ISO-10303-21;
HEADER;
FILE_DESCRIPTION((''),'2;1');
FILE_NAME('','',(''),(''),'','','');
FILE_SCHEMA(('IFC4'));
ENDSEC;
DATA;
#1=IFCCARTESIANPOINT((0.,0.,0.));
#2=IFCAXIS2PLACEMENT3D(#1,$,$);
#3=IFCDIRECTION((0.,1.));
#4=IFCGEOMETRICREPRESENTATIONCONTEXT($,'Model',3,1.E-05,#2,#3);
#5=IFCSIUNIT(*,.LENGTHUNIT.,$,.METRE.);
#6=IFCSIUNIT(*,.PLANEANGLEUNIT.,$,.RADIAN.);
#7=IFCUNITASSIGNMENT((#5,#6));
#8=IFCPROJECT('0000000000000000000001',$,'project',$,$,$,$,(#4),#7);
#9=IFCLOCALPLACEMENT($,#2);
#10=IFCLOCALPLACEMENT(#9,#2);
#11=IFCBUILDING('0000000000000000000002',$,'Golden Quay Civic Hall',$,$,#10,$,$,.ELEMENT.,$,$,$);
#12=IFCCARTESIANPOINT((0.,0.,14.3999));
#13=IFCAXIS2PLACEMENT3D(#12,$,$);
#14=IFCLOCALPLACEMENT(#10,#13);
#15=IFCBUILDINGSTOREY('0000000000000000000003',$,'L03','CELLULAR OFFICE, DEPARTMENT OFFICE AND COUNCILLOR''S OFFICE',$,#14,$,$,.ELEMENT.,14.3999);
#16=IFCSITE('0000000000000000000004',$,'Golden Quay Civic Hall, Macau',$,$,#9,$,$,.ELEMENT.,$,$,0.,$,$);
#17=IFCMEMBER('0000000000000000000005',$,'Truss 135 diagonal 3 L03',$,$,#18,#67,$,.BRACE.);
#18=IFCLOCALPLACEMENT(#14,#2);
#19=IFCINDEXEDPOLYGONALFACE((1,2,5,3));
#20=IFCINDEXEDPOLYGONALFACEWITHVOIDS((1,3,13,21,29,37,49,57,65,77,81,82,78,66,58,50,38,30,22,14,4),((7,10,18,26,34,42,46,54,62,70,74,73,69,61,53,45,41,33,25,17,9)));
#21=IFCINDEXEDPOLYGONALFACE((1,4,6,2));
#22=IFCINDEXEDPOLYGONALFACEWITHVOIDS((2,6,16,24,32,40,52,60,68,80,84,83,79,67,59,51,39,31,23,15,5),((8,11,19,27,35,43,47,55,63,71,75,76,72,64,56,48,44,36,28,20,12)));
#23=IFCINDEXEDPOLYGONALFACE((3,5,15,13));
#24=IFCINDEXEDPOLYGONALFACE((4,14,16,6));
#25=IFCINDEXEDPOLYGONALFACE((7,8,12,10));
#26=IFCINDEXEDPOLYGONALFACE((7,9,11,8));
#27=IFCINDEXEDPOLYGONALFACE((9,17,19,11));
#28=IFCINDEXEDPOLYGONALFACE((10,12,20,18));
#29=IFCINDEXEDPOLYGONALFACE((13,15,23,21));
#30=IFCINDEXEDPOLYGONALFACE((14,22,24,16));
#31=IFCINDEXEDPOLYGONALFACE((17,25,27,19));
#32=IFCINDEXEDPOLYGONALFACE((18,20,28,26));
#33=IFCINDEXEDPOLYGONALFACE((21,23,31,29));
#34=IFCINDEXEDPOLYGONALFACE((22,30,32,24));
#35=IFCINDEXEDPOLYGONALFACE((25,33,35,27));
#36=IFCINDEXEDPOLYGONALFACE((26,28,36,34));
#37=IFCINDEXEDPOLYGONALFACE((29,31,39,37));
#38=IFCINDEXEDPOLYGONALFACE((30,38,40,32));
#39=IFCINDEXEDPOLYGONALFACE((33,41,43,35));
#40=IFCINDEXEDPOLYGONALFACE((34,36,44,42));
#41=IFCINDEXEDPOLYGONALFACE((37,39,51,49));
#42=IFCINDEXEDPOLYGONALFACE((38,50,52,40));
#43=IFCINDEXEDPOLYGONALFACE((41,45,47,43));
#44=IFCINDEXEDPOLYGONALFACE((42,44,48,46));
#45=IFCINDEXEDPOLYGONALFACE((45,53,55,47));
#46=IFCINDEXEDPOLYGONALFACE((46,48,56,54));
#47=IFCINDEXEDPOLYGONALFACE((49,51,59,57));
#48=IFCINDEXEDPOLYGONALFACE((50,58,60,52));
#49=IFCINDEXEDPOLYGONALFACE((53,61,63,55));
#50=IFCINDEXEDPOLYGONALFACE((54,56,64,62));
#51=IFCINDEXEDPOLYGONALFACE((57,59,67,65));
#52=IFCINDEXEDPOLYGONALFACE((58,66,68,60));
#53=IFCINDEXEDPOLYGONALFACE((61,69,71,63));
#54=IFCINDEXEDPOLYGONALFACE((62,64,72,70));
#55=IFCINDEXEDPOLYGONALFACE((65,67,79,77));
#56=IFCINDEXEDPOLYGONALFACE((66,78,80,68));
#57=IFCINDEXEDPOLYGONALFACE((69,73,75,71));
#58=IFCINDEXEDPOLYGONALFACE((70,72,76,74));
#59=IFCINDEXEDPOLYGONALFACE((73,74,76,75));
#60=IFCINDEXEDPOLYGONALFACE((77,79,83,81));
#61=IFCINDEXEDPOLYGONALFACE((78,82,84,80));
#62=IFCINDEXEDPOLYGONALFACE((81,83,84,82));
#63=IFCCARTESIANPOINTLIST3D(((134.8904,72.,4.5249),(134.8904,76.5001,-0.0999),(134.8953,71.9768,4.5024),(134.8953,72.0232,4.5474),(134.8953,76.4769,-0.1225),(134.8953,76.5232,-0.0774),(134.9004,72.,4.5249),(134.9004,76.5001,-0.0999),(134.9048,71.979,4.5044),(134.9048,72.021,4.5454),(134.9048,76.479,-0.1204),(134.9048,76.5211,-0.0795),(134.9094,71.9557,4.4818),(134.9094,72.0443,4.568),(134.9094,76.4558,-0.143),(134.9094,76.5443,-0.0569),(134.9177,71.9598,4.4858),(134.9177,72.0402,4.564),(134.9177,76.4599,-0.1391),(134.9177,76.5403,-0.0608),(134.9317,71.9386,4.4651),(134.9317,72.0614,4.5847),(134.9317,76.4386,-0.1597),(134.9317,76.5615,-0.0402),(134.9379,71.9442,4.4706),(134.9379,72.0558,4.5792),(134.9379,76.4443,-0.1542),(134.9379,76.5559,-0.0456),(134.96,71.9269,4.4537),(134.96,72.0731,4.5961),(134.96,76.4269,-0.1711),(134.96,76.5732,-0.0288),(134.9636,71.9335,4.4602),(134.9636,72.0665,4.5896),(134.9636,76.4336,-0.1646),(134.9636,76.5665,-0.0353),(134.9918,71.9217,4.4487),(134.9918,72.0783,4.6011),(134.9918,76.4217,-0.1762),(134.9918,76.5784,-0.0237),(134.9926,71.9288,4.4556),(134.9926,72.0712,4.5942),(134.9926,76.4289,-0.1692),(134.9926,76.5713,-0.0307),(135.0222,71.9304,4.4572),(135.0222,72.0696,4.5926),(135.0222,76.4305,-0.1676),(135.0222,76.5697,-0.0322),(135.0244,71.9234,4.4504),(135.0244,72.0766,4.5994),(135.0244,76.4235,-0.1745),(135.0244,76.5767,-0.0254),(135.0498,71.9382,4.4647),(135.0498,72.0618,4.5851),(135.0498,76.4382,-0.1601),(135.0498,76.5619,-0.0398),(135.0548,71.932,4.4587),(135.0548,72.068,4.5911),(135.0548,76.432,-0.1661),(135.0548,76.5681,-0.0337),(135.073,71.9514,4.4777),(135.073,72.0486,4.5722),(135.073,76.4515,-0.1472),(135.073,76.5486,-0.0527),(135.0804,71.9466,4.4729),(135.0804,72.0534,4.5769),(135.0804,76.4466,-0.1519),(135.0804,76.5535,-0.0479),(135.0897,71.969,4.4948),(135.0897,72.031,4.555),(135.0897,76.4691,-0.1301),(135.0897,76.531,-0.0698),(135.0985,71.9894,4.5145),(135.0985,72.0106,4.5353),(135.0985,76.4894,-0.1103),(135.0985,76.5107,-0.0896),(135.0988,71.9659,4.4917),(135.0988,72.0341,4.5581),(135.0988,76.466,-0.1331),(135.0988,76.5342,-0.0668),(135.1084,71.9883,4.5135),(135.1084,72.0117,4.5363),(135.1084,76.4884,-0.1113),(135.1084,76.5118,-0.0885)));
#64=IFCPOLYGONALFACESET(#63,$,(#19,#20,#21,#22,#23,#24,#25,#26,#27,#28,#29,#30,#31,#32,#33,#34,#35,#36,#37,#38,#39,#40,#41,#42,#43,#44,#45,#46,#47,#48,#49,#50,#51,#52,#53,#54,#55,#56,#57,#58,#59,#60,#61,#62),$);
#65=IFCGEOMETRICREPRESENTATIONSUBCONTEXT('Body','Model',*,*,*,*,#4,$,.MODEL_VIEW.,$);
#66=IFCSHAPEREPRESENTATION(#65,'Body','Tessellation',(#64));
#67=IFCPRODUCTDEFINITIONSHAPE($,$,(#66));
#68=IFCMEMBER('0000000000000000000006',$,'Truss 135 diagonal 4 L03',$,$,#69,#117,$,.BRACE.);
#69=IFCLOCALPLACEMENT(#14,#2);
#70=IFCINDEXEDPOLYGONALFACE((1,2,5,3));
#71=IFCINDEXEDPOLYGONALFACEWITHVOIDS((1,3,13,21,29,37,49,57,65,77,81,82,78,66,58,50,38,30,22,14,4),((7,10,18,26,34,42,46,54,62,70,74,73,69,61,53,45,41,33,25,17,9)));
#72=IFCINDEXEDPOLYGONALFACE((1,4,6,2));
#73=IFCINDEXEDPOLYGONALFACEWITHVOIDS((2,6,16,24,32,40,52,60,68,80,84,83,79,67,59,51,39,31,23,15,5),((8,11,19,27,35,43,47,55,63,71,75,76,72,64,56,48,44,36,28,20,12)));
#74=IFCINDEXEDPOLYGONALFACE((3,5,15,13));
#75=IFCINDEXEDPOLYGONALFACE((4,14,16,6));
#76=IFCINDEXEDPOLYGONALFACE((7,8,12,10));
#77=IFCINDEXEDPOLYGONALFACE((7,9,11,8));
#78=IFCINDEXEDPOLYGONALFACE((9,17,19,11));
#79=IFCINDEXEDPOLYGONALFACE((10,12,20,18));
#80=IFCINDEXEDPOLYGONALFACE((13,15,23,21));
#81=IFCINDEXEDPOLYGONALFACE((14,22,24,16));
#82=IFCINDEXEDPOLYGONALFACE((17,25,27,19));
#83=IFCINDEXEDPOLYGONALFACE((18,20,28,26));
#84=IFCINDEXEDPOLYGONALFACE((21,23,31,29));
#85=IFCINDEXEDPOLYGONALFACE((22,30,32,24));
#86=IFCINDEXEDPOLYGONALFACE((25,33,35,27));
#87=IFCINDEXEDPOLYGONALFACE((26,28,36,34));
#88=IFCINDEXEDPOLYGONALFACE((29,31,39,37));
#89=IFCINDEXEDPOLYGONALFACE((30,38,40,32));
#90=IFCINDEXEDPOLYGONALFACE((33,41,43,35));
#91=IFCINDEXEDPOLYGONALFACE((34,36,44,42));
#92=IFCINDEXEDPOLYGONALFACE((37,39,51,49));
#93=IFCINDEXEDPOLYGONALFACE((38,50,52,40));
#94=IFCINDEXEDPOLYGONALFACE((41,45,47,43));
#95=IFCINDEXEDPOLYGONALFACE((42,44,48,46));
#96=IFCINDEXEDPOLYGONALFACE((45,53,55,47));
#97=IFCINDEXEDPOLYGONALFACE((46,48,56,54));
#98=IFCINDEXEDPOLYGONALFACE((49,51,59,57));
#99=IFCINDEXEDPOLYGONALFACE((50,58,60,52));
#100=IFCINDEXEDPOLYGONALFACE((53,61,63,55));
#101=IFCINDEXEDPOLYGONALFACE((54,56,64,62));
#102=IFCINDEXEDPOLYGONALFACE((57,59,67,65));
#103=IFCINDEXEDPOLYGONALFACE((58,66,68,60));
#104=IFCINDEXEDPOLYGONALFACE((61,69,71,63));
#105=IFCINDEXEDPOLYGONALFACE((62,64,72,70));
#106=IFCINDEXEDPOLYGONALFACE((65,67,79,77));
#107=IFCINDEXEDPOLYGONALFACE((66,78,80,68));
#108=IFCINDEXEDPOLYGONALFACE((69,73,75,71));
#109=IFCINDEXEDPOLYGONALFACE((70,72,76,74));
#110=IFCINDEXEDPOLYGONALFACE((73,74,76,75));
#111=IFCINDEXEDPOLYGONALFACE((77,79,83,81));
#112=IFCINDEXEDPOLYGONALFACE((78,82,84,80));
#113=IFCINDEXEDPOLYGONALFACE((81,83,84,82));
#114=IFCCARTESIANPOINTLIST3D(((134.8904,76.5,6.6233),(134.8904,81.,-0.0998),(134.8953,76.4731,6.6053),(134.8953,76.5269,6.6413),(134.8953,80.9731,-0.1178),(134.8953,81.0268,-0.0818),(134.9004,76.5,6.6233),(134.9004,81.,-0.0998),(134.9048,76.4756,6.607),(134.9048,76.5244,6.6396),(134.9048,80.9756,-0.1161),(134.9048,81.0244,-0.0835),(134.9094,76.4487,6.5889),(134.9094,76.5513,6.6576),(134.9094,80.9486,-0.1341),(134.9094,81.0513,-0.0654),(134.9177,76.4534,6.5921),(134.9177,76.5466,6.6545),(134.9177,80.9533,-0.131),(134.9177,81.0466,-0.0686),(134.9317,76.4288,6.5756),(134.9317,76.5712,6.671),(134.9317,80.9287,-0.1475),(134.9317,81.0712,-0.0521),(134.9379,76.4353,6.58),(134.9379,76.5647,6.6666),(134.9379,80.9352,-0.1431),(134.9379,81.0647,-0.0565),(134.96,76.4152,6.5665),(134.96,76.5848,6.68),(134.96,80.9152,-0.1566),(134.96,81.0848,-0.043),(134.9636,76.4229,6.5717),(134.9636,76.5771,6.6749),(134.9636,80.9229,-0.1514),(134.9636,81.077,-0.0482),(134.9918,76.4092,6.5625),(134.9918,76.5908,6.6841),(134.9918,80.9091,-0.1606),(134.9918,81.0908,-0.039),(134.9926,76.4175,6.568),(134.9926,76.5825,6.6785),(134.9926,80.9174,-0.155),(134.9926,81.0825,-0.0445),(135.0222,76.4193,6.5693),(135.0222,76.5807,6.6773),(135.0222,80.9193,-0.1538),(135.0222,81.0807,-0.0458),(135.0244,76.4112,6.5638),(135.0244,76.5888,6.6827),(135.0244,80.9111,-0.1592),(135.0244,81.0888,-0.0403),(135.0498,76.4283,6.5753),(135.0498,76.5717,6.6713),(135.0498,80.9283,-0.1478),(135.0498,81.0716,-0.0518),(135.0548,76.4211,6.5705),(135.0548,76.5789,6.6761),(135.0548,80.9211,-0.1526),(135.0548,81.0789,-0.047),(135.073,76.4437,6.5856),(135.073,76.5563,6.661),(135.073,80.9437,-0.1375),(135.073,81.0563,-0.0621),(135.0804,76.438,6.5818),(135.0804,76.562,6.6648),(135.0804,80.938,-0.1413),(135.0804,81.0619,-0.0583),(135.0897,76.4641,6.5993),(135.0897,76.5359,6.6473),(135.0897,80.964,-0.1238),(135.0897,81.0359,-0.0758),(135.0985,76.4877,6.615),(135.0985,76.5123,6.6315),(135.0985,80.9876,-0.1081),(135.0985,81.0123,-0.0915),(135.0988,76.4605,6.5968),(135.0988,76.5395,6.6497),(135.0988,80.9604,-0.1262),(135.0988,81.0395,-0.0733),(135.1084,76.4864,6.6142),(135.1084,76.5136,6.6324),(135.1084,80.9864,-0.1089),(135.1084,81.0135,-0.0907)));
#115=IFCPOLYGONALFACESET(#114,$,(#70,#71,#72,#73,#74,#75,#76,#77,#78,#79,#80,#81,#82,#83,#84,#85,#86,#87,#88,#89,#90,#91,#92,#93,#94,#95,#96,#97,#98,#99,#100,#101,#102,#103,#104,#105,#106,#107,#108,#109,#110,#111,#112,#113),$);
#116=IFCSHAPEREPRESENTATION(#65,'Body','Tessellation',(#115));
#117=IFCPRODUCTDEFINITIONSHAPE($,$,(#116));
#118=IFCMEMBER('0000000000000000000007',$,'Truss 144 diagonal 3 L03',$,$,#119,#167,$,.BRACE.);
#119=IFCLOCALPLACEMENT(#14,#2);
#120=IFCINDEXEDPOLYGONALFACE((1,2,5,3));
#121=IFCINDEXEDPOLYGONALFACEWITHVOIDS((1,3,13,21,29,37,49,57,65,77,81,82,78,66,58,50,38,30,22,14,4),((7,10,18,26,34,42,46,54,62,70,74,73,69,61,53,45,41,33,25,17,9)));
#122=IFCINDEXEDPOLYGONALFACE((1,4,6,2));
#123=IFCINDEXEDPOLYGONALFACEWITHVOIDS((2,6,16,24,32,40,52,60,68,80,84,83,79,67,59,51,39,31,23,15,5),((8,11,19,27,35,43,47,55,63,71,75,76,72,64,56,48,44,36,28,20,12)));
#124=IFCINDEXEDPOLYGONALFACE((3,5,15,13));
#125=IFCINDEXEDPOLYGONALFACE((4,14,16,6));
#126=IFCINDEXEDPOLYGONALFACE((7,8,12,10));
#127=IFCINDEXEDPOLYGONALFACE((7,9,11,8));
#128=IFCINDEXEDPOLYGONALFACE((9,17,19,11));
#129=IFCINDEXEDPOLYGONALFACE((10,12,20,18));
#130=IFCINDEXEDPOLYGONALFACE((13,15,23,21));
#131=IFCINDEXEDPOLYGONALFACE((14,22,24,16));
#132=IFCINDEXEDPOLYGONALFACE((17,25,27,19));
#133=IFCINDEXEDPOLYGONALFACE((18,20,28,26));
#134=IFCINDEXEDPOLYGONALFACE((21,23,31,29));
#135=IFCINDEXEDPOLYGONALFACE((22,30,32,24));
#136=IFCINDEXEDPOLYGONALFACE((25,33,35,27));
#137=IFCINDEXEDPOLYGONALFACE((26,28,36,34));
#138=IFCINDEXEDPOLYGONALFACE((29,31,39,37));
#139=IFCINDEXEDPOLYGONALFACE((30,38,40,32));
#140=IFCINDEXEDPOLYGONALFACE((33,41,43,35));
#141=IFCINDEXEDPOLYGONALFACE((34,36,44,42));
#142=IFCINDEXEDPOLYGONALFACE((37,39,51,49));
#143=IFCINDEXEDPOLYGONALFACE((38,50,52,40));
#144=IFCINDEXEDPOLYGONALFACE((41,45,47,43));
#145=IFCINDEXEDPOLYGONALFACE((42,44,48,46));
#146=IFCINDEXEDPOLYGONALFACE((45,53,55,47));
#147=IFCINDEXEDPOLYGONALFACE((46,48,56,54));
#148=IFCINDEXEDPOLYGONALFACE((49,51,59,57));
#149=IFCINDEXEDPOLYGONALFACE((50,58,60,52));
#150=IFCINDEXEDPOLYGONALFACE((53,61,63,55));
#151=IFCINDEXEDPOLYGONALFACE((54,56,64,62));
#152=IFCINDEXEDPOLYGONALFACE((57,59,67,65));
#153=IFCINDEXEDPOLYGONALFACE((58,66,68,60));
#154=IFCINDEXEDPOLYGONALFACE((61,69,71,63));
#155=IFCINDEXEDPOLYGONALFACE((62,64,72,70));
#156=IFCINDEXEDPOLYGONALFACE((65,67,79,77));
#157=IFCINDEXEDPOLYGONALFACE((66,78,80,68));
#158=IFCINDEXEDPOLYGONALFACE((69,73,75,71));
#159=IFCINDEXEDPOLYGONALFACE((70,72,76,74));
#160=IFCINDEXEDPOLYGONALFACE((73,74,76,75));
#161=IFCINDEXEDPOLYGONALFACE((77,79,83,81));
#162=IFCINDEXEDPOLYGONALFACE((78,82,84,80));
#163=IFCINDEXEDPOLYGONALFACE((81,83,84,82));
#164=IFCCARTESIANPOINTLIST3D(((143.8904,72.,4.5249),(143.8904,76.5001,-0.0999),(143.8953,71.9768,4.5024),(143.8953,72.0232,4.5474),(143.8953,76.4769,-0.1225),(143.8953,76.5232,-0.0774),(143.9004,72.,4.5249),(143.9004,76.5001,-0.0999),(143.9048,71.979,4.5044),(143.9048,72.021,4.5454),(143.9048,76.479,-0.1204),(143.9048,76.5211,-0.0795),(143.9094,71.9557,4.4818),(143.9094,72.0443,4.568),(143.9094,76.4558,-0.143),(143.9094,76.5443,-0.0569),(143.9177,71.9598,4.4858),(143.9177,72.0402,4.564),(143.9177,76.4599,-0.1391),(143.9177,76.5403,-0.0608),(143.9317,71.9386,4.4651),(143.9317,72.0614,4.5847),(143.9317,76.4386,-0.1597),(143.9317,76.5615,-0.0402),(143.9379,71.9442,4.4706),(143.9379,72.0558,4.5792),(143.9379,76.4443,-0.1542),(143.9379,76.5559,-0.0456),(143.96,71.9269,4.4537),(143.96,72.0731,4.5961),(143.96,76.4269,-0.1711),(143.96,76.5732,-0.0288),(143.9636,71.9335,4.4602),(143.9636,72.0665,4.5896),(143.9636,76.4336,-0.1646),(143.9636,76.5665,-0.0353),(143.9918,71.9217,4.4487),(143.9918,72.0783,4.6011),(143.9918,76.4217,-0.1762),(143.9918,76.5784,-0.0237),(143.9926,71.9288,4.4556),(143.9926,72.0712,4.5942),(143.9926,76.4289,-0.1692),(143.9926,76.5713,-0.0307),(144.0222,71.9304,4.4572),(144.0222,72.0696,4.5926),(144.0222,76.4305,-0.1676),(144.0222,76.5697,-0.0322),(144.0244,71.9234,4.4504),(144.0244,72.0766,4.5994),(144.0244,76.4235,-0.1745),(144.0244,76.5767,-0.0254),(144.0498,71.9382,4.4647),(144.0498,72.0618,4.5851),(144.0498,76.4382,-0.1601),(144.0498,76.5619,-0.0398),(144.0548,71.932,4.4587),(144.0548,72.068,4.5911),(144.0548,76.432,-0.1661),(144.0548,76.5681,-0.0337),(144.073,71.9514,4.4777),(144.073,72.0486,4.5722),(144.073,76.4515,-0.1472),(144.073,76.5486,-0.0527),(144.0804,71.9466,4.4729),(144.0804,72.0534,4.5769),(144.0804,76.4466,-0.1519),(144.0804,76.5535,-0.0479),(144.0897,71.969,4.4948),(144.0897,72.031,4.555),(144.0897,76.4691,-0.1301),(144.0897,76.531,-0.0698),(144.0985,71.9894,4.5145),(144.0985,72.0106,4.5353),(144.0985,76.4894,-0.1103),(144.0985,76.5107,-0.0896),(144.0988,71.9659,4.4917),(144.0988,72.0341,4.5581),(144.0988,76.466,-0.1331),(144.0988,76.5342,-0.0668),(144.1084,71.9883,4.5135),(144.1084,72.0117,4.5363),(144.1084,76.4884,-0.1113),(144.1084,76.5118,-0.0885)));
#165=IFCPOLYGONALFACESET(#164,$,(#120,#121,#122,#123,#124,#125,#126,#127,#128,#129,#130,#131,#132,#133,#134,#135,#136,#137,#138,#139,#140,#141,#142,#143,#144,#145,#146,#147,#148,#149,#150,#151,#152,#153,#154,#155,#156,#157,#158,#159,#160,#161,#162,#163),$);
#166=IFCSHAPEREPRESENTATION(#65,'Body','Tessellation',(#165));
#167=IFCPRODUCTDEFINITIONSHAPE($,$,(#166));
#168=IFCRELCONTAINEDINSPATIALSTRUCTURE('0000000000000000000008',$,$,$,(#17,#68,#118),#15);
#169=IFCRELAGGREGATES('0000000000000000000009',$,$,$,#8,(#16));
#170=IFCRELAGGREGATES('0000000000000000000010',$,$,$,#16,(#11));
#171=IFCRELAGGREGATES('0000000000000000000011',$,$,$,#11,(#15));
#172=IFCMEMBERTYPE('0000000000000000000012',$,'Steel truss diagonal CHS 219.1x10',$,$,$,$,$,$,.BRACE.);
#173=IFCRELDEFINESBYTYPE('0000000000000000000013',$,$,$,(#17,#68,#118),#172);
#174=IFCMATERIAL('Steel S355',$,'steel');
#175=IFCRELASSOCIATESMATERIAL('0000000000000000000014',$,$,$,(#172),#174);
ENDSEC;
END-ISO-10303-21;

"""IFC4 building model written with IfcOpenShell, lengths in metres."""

from ifc_helpers import new_model, si_unit, direction, frame, origin, origin_2d, place, context, subcontext, project, spatial, hollow_circle, extrude, material, material_profile, profile_set, type_object, element, save


model = new_model("IFC4")

# Units and contexts
model_context = context("Model", 3, precision=1e-05, world=origin(), true_north=direction((0.0, 1.0)))
body_context = subcontext(model_context, "Body", "Model", "MODEL_VIEW")
ifc_project = project(units=[si_unit("LENGTHUNIT", "METRE"), si_unit("PLANEANGLEUNIT", "RADIAN")], contexts=[model_context])

# Site, building, storey
site_placement = place(None, origin())
site = spatial("IfcSite", under=ifc_project, at=site_placement, Name="Golden Quay Civic Hall, Macau", CompositionType="ELEMENT", RefElevation=0.0)
building_placement = place(site_placement, origin())
building = spatial("IfcBuilding", under=site, at=building_placement, Name="Golden Quay Civic Hall", CompositionType="ELEMENT")
storey_placement = place(building_placement, frame((0.0, 0.0, 14.3999)))
storey = spatial("IfcBuildingStorey", under=building, at=storey_placement, Name="L03", Description="CELLULAR OFFICE, DEPARTMENT OFFICE AND COUNCILLOR'S OFFICE", CompositionType="ELEMENT", Elevation=14.3999)

# Members
ifc_material_1 = material(Name="Steel S355", Category="steel")
ifc_material_profile_1 = material_profile(ifc_material_1, hollow_circle(Radius=0.1096, WallThickness=0.01, at=origin_2d()), Name="CHS 219.1x10")
ifc_profile_set_1 = profile_set([ifc_material_profile_1], Name="Steel S355")
member_type_1 = type_object("IfcMemberType", Name="Steel truss diagonal CHS 219.1x10", PredefinedType="BRACE", material=ifc_profile_set_1)
member_1_placement = place(storey_placement, frame((135.0, 72.0, 4.5249), z_axis=(0.0, 0.697374, -0.716708), x_axis=(-1.0, 0.0, 0.0)))
element("IfcMember", 1, at=member_1_placement, inside=storey, type_object=member_type_1, Name="Truss 135 diagonal 3 L03", PredefinedType="BRACE", context=body_context, shape_type="SweptSolid", body=[
    extrude(hollow_circle(Radius=0.1096, WallThickness=0.01, at=origin_2d()), origin(), (0.0, 0.0, 1.0), 6.4529),
])
member_2_placement = place(storey_placement, frame((135.0, 76.5, 6.6233), z_axis=(0.0, 0.556231, -0.831027), x_axis=(-1.0, 0.0, 0.0)))
element("IfcMember", 2, at=member_2_placement, inside=storey, type_object=member_type_1, Name="Truss 135 diagonal 4 L03", PredefinedType="BRACE", context=body_context, shape_type="SweptSolid", body=[
    extrude(hollow_circle(Radius=0.1096, WallThickness=0.01, at=origin_2d()), origin(), (0.0, 0.0, 1.0), 8.0901),
])
member_3_placement = place(storey_placement, frame((144.0, 72.0, 4.5249), z_axis=(0.0, 0.697374, -0.716708), x_axis=(-1.0, 0.0, 0.0)))
element("IfcMember", 3, at=member_3_placement, inside=storey, type_object=member_type_1, Name="Truss 144 diagonal 3 L03", PredefinedType="BRACE", context=body_context, shape_type="SweptSolid", body=[
    extrude(hollow_circle(Radius=0.1096, WallThickness=0.01, at=origin_2d()), origin(), (0.0, 0.0, 1.0), 6.4529),
])

save(model, "model.ifc")
